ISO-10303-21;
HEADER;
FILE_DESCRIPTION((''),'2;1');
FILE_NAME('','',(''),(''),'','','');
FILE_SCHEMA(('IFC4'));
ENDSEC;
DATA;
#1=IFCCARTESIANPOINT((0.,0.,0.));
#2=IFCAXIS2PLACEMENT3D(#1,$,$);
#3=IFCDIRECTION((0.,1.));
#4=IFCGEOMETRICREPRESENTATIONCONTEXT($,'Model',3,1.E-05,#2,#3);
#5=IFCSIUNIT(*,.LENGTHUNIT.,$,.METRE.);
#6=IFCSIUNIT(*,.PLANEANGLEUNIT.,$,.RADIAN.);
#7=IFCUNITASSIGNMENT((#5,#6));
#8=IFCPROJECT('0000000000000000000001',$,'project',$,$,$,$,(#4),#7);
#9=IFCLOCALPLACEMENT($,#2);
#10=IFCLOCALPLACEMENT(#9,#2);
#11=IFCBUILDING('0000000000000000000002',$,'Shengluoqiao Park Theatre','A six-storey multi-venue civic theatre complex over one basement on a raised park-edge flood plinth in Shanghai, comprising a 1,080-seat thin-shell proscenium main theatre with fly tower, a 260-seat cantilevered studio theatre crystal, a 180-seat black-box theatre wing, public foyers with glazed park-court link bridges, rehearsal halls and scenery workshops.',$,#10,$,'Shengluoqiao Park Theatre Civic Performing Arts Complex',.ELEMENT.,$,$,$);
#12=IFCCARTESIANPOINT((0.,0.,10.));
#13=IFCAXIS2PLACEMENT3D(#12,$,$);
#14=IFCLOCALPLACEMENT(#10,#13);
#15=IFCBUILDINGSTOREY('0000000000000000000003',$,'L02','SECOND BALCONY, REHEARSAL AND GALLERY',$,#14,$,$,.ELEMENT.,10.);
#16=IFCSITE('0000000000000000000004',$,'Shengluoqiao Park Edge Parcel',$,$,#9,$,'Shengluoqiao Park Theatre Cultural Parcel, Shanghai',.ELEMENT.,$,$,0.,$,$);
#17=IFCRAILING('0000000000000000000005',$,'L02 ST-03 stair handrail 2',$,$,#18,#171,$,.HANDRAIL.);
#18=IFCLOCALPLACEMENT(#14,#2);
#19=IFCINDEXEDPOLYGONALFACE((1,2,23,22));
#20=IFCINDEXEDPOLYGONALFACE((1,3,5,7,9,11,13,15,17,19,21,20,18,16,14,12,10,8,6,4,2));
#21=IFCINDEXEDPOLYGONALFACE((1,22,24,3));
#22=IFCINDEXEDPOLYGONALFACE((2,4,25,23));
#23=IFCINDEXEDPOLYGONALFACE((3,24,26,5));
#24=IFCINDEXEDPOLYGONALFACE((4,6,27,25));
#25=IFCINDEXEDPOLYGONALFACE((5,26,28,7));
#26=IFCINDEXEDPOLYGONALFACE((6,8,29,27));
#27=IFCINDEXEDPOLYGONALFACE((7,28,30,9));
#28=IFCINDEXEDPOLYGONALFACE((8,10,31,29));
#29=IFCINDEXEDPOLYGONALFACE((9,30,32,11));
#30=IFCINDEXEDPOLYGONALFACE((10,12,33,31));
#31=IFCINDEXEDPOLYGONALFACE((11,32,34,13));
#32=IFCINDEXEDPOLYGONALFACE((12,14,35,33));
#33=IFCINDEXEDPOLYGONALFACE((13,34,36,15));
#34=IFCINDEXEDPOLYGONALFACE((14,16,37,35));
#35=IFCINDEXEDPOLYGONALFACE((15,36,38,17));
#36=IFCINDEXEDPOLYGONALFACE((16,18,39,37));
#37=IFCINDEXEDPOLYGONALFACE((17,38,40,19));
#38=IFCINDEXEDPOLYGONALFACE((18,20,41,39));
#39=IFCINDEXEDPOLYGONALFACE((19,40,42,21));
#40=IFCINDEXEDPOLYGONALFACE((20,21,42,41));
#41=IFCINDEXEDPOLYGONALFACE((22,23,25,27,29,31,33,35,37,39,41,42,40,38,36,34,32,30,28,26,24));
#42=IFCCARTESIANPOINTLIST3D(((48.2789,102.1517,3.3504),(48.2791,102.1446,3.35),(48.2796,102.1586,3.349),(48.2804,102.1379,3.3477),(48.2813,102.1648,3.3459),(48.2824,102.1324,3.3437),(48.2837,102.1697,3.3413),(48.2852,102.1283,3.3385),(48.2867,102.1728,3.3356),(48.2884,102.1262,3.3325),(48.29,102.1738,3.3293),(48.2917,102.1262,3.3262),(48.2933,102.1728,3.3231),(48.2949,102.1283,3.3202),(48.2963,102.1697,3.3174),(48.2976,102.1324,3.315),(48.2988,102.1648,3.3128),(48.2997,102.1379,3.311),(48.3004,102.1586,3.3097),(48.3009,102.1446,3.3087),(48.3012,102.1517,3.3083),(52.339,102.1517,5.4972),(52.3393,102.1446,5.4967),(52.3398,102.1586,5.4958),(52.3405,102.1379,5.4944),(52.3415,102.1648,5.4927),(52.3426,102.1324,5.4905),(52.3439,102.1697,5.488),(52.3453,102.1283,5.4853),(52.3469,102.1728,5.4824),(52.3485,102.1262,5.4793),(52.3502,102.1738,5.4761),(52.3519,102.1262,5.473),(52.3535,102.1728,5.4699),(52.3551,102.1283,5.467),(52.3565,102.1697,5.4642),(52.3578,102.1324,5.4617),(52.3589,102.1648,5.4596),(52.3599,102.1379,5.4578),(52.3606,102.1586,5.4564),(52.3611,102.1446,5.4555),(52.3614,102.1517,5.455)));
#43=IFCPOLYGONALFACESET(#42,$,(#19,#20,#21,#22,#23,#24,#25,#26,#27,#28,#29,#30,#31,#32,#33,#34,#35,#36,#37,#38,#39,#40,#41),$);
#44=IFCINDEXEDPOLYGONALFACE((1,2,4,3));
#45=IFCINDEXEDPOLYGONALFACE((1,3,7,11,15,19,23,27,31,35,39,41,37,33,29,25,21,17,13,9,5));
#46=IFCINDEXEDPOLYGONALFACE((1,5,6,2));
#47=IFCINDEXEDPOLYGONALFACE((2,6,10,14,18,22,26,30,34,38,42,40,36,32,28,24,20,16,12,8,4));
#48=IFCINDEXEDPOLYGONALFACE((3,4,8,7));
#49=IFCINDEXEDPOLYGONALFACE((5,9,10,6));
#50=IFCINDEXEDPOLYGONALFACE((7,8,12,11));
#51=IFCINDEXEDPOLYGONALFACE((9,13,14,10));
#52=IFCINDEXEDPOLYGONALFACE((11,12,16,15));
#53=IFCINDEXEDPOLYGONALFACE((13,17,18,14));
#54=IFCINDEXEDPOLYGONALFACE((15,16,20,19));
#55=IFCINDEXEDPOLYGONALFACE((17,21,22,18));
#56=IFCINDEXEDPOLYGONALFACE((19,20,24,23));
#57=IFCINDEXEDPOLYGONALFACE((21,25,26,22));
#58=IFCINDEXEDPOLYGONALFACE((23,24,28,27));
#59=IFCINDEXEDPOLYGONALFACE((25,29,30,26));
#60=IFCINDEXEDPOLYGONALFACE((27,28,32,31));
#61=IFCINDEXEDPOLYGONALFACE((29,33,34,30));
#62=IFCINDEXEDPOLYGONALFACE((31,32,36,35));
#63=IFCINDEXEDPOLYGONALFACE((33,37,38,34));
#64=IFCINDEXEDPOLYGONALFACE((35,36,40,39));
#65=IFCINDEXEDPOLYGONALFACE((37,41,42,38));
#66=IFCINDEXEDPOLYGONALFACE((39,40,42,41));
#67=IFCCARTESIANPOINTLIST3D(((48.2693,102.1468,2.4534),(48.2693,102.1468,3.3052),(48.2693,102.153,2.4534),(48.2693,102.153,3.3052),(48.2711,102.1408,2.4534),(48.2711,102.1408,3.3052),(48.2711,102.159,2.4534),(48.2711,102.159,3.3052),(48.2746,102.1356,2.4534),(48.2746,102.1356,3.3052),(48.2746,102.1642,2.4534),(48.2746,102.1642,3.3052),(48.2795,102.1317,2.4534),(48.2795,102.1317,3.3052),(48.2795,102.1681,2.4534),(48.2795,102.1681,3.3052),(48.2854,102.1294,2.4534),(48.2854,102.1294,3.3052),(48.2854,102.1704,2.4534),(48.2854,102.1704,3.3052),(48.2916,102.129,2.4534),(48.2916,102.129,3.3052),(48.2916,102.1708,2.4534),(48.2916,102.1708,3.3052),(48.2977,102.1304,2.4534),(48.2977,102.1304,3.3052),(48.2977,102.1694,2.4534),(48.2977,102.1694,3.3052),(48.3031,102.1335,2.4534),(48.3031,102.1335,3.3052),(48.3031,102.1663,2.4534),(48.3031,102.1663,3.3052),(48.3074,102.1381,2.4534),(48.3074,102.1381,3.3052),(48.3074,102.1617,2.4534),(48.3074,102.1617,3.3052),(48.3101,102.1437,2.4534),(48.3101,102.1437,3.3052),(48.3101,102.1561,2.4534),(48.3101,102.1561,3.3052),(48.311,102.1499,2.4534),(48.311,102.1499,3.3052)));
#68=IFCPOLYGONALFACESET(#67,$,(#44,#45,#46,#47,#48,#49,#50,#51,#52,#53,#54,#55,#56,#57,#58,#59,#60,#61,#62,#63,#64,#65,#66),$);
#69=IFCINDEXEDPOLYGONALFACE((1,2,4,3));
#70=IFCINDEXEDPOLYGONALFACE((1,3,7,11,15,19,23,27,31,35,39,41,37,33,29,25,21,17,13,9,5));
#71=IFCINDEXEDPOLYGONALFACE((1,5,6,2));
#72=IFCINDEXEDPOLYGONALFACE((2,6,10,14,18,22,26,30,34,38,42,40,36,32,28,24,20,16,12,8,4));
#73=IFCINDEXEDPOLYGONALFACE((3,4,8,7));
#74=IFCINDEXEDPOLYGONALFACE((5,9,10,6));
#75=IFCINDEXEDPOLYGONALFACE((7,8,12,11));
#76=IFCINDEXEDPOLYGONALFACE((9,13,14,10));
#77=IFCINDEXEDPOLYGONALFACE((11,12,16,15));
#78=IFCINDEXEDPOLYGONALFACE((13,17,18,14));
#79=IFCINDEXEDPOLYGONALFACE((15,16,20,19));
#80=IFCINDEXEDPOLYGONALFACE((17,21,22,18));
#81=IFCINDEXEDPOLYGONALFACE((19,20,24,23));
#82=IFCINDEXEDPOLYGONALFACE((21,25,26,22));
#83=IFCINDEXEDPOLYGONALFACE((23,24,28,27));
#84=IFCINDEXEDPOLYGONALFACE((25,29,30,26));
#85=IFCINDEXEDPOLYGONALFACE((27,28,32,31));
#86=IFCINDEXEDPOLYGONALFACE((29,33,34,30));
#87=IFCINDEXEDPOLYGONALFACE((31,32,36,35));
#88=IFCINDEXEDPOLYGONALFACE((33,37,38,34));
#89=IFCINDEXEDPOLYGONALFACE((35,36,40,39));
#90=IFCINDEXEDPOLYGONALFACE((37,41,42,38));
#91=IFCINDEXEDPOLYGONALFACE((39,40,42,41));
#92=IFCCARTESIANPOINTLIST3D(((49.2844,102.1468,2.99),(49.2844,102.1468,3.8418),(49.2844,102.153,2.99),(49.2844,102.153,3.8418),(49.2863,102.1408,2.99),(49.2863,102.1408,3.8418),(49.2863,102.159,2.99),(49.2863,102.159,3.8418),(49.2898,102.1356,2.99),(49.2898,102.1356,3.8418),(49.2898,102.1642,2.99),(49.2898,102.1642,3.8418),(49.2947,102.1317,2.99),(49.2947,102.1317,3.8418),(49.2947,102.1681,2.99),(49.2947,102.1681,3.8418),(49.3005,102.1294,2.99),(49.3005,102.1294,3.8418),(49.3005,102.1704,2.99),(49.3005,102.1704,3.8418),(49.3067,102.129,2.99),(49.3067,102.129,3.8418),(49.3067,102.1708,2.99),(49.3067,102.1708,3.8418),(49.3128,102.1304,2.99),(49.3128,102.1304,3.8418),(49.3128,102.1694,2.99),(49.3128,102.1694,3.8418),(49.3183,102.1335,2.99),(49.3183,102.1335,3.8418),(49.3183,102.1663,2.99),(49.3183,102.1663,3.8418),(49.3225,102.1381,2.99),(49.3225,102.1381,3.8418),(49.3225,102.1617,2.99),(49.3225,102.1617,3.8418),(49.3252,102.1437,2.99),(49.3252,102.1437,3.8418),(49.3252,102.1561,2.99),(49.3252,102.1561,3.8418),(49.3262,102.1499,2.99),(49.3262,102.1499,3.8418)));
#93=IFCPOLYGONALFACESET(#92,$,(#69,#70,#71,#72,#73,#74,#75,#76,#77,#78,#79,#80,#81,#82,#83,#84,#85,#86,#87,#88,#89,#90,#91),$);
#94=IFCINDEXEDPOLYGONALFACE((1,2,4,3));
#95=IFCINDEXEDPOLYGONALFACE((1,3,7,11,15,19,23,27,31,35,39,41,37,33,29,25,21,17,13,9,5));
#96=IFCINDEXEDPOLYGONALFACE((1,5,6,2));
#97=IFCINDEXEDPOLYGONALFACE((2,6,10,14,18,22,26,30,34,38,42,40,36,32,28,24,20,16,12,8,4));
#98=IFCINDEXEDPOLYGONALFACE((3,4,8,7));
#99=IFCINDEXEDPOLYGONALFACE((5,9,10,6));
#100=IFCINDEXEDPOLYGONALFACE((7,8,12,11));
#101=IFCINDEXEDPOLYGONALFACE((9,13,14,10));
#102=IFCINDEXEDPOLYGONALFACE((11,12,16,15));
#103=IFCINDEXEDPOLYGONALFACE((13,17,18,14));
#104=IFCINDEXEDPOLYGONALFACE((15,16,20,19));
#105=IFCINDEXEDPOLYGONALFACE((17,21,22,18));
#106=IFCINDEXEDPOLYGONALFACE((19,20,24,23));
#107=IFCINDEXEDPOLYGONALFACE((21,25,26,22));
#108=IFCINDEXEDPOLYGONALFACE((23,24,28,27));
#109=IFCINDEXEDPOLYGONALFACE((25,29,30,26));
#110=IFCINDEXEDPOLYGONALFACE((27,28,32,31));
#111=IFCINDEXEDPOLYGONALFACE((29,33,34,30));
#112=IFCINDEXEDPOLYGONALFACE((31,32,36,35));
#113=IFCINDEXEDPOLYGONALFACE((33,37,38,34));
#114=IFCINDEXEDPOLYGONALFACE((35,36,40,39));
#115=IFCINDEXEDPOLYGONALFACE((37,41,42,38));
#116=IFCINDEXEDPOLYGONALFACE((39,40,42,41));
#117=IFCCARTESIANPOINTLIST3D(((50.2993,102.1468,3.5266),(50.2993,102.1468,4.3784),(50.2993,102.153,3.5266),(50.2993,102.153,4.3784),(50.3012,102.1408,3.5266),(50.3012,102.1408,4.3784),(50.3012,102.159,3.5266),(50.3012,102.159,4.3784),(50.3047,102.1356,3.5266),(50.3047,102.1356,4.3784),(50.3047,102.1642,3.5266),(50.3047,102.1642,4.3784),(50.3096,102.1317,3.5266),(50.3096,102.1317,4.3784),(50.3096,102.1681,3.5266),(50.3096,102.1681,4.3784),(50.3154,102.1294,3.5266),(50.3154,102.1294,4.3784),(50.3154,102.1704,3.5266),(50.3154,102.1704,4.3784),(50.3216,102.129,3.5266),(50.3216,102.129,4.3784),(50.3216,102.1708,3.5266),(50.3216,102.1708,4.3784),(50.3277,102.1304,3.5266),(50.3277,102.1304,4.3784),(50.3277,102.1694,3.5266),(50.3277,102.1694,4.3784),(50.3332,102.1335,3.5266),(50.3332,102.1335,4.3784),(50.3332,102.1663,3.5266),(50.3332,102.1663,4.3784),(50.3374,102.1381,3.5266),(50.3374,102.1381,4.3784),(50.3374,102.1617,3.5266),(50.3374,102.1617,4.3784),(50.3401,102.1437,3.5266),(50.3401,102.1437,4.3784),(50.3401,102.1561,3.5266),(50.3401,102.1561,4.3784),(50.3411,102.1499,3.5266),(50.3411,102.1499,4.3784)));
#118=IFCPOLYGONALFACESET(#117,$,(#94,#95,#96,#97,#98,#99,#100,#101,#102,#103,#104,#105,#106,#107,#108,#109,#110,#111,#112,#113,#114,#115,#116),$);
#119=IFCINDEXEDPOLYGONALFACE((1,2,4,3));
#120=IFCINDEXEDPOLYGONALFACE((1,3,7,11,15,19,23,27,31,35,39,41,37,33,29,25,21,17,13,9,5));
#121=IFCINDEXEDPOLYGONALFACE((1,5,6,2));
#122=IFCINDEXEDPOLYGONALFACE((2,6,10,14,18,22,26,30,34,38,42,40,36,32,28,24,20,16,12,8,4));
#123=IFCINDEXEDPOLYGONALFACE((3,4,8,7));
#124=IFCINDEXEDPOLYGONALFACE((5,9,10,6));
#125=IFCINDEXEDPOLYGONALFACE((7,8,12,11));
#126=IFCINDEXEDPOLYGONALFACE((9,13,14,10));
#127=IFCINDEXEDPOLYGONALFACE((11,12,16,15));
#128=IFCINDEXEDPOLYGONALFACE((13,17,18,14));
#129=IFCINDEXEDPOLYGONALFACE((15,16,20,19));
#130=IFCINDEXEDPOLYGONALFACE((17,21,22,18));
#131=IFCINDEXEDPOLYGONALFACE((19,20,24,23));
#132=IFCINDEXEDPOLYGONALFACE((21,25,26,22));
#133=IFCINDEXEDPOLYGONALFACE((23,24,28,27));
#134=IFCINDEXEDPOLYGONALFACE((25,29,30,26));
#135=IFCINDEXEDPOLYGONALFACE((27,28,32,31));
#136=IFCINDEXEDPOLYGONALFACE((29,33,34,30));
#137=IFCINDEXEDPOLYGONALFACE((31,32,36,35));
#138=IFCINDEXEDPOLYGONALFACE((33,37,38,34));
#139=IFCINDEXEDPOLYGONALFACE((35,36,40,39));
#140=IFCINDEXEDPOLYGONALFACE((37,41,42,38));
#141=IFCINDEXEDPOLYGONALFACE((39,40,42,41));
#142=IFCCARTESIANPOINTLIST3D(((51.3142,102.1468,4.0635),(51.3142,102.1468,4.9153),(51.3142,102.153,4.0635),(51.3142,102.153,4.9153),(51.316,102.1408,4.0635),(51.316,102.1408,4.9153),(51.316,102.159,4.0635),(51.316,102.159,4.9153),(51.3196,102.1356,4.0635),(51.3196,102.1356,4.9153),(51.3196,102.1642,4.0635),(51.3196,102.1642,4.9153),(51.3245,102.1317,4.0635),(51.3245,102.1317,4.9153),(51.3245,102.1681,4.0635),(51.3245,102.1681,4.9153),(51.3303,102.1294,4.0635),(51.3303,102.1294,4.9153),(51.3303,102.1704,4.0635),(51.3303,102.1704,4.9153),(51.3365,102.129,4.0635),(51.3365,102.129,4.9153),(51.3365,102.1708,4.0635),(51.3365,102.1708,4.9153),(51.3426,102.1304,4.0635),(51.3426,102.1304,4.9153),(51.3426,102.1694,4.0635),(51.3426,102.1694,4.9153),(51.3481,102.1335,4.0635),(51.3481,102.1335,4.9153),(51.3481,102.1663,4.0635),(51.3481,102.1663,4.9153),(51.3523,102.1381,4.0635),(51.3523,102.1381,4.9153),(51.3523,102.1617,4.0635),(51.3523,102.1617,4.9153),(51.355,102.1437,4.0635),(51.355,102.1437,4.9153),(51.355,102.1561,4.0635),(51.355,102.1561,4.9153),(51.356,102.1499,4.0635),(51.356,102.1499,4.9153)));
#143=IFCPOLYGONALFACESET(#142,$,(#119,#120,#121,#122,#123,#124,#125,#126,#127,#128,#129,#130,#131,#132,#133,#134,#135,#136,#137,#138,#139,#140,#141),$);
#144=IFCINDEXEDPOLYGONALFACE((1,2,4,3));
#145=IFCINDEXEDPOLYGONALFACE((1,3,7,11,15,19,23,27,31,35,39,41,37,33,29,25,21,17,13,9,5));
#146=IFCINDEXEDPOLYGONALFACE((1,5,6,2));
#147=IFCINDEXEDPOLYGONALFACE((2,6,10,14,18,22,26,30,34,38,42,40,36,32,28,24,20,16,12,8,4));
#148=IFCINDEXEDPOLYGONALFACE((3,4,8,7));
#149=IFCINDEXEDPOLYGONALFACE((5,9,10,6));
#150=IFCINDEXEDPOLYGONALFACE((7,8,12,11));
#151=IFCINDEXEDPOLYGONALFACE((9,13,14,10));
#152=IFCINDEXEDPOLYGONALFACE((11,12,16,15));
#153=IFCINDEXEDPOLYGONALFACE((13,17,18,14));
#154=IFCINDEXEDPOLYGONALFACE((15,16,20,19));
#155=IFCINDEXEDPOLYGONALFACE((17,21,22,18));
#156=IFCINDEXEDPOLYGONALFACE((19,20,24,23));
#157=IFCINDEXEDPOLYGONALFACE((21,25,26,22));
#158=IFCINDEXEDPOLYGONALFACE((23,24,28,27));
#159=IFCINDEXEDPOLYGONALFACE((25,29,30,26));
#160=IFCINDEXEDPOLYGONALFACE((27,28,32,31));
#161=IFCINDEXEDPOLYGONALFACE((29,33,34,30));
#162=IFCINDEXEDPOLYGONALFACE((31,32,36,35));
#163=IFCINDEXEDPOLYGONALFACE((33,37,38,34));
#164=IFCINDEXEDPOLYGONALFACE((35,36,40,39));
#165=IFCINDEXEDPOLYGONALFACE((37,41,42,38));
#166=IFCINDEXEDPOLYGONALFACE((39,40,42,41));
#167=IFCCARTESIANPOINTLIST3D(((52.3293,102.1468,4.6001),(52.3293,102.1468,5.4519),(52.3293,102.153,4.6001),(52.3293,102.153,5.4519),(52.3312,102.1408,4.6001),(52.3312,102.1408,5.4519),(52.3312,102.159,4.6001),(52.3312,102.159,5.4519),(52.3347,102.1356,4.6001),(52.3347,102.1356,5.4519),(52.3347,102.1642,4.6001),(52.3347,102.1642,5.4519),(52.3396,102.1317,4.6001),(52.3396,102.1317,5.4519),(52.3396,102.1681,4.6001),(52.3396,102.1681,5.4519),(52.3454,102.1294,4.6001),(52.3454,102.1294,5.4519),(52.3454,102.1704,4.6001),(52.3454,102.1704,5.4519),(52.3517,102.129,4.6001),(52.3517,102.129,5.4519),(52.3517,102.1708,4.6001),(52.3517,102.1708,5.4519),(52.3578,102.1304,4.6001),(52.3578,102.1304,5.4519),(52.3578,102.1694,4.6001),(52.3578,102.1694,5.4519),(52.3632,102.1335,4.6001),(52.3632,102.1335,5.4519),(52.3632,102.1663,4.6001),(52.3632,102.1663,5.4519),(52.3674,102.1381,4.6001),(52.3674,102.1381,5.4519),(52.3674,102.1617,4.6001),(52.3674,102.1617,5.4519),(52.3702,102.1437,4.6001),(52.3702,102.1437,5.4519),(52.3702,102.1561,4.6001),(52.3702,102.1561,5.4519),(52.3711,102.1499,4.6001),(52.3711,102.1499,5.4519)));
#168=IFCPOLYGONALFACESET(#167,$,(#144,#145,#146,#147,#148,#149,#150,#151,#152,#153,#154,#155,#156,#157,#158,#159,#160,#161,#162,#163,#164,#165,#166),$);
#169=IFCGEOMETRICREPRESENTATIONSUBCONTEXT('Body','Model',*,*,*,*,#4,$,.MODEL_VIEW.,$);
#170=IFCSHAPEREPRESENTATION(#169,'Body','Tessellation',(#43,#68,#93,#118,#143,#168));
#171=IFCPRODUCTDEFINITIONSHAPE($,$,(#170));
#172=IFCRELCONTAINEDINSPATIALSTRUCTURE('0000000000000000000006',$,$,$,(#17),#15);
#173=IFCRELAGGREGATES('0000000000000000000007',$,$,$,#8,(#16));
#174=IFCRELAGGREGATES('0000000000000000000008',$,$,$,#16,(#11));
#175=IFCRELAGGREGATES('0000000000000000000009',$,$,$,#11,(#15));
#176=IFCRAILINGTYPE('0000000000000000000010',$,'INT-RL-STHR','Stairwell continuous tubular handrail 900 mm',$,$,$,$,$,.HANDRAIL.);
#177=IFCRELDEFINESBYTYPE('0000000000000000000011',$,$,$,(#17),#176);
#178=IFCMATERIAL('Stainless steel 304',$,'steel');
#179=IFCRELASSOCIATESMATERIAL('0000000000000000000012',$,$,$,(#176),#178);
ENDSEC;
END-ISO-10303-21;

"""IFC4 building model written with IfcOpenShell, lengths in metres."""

from ifc_helpers import new_model, si_unit, direction, frame, origin, origin_2d, place, context, subcontext, project, spatial, circle, extrude, material, type_object, element, save


model = new_model("IFC4")

# Units and contexts
model_context = context("Model", 3, precision=1e-05, world=origin(), true_north=direction((0.0, 1.0)))
body_context = subcontext(model_context, "Body", "Model", "MODEL_VIEW")
ifc_project = project(units=[si_unit("LENGTHUNIT", "METRE"), si_unit("PLANEANGLEUNIT", "RADIAN")], contexts=[model_context])

# Site, building, storey
site_placement = place(None, origin())
site = spatial("IfcSite", under=ifc_project, at=site_placement, Name="Shengluoqiao Park Edge Parcel", LongName="Shengluoqiao Park Theatre Cultural Parcel, Shanghai", CompositionType="ELEMENT", RefElevation=0.0)
building_placement = place(site_placement, origin())
building = spatial("IfcBuilding", under=site, at=building_placement, Name="Shengluoqiao Park Theatre", Description="A six-storey multi-venue civic theatre complex over one basement on a raised park-edge flood plinth in Shanghai, comprising a 1,080-seat thin-shell proscenium main theatre with fly tower, a 260-seat cantilevered studio theatre crystal, a 180-seat black-box theatre wing, public foyers with glazed park-court link bridges, rehearsal halls and scenery workshops.", LongName="Shengluoqiao Park Theatre Civic Performing Arts Complex", CompositionType="ELEMENT")
storey_placement = place(building_placement, frame((0.0, 0.0, 10.0)))
storey = spatial("IfcBuildingStorey", under=building, at=storey_placement, Name="L02", Description="SECOND BALCONY, REHEARSAL AND GALLERY", CompositionType="ELEMENT", Elevation=10.0)

# Shared definitions
ifc_material_1 = material(Name="Stainless steel 304", Category="steel")

# Railing
railing_type_1 = type_object("IfcRailingType", Name="INT-RL-STHR", Description="Stairwell continuous tubular handrail 900 mm", PredefinedType="HANDRAIL", material=ifc_material_1)
railing_1_placement = place(storey_placement, frame((48.29, 102.1499, 2.4534)))
element("IfcRailing", 1, at=railing_1_placement, inside=storey, type_object=railing_type_1, Name="L02 ST-03 stair handrail 2", PredefinedType="HANDRAIL", context=body_context, shape_type="SweptSolid", body=[
    extrude(circle(Radius=0.0239, at=origin_2d()), frame((0.0, 0.0, 0.876), z_axis=(0.884032, 0.0, 0.467426), x_axis=(0.0, 1.0, 0.0)), (0.0, 0.0, 1.0), 4.5928),
    extrude(circle(Radius=0.021, at=origin_2d()), origin(), (0.0, 0.0, 1.0), 0.8518),
    extrude(circle(Radius=0.021, at=origin_2d()), frame((1.0151, 0.0, 0.5366)), (0.0, 0.0, 1.0), 0.8518),
    extrude(circle(Radius=0.021, at=origin_2d()), frame((2.03, 0.0, 1.0732)), (0.0, 0.0, 1.0), 0.8518),
    extrude(circle(Radius=0.021, at=origin_2d()), frame((3.0449, 0.0, 1.6101)), (0.0, 0.0, 1.0), 0.8518),
    extrude(circle(Radius=0.021, at=origin_2d()), frame((4.0601, 0.0, 2.1467)), (0.0, 0.0, 1.0), 0.8518),
])

save(model, "model.ifc")
